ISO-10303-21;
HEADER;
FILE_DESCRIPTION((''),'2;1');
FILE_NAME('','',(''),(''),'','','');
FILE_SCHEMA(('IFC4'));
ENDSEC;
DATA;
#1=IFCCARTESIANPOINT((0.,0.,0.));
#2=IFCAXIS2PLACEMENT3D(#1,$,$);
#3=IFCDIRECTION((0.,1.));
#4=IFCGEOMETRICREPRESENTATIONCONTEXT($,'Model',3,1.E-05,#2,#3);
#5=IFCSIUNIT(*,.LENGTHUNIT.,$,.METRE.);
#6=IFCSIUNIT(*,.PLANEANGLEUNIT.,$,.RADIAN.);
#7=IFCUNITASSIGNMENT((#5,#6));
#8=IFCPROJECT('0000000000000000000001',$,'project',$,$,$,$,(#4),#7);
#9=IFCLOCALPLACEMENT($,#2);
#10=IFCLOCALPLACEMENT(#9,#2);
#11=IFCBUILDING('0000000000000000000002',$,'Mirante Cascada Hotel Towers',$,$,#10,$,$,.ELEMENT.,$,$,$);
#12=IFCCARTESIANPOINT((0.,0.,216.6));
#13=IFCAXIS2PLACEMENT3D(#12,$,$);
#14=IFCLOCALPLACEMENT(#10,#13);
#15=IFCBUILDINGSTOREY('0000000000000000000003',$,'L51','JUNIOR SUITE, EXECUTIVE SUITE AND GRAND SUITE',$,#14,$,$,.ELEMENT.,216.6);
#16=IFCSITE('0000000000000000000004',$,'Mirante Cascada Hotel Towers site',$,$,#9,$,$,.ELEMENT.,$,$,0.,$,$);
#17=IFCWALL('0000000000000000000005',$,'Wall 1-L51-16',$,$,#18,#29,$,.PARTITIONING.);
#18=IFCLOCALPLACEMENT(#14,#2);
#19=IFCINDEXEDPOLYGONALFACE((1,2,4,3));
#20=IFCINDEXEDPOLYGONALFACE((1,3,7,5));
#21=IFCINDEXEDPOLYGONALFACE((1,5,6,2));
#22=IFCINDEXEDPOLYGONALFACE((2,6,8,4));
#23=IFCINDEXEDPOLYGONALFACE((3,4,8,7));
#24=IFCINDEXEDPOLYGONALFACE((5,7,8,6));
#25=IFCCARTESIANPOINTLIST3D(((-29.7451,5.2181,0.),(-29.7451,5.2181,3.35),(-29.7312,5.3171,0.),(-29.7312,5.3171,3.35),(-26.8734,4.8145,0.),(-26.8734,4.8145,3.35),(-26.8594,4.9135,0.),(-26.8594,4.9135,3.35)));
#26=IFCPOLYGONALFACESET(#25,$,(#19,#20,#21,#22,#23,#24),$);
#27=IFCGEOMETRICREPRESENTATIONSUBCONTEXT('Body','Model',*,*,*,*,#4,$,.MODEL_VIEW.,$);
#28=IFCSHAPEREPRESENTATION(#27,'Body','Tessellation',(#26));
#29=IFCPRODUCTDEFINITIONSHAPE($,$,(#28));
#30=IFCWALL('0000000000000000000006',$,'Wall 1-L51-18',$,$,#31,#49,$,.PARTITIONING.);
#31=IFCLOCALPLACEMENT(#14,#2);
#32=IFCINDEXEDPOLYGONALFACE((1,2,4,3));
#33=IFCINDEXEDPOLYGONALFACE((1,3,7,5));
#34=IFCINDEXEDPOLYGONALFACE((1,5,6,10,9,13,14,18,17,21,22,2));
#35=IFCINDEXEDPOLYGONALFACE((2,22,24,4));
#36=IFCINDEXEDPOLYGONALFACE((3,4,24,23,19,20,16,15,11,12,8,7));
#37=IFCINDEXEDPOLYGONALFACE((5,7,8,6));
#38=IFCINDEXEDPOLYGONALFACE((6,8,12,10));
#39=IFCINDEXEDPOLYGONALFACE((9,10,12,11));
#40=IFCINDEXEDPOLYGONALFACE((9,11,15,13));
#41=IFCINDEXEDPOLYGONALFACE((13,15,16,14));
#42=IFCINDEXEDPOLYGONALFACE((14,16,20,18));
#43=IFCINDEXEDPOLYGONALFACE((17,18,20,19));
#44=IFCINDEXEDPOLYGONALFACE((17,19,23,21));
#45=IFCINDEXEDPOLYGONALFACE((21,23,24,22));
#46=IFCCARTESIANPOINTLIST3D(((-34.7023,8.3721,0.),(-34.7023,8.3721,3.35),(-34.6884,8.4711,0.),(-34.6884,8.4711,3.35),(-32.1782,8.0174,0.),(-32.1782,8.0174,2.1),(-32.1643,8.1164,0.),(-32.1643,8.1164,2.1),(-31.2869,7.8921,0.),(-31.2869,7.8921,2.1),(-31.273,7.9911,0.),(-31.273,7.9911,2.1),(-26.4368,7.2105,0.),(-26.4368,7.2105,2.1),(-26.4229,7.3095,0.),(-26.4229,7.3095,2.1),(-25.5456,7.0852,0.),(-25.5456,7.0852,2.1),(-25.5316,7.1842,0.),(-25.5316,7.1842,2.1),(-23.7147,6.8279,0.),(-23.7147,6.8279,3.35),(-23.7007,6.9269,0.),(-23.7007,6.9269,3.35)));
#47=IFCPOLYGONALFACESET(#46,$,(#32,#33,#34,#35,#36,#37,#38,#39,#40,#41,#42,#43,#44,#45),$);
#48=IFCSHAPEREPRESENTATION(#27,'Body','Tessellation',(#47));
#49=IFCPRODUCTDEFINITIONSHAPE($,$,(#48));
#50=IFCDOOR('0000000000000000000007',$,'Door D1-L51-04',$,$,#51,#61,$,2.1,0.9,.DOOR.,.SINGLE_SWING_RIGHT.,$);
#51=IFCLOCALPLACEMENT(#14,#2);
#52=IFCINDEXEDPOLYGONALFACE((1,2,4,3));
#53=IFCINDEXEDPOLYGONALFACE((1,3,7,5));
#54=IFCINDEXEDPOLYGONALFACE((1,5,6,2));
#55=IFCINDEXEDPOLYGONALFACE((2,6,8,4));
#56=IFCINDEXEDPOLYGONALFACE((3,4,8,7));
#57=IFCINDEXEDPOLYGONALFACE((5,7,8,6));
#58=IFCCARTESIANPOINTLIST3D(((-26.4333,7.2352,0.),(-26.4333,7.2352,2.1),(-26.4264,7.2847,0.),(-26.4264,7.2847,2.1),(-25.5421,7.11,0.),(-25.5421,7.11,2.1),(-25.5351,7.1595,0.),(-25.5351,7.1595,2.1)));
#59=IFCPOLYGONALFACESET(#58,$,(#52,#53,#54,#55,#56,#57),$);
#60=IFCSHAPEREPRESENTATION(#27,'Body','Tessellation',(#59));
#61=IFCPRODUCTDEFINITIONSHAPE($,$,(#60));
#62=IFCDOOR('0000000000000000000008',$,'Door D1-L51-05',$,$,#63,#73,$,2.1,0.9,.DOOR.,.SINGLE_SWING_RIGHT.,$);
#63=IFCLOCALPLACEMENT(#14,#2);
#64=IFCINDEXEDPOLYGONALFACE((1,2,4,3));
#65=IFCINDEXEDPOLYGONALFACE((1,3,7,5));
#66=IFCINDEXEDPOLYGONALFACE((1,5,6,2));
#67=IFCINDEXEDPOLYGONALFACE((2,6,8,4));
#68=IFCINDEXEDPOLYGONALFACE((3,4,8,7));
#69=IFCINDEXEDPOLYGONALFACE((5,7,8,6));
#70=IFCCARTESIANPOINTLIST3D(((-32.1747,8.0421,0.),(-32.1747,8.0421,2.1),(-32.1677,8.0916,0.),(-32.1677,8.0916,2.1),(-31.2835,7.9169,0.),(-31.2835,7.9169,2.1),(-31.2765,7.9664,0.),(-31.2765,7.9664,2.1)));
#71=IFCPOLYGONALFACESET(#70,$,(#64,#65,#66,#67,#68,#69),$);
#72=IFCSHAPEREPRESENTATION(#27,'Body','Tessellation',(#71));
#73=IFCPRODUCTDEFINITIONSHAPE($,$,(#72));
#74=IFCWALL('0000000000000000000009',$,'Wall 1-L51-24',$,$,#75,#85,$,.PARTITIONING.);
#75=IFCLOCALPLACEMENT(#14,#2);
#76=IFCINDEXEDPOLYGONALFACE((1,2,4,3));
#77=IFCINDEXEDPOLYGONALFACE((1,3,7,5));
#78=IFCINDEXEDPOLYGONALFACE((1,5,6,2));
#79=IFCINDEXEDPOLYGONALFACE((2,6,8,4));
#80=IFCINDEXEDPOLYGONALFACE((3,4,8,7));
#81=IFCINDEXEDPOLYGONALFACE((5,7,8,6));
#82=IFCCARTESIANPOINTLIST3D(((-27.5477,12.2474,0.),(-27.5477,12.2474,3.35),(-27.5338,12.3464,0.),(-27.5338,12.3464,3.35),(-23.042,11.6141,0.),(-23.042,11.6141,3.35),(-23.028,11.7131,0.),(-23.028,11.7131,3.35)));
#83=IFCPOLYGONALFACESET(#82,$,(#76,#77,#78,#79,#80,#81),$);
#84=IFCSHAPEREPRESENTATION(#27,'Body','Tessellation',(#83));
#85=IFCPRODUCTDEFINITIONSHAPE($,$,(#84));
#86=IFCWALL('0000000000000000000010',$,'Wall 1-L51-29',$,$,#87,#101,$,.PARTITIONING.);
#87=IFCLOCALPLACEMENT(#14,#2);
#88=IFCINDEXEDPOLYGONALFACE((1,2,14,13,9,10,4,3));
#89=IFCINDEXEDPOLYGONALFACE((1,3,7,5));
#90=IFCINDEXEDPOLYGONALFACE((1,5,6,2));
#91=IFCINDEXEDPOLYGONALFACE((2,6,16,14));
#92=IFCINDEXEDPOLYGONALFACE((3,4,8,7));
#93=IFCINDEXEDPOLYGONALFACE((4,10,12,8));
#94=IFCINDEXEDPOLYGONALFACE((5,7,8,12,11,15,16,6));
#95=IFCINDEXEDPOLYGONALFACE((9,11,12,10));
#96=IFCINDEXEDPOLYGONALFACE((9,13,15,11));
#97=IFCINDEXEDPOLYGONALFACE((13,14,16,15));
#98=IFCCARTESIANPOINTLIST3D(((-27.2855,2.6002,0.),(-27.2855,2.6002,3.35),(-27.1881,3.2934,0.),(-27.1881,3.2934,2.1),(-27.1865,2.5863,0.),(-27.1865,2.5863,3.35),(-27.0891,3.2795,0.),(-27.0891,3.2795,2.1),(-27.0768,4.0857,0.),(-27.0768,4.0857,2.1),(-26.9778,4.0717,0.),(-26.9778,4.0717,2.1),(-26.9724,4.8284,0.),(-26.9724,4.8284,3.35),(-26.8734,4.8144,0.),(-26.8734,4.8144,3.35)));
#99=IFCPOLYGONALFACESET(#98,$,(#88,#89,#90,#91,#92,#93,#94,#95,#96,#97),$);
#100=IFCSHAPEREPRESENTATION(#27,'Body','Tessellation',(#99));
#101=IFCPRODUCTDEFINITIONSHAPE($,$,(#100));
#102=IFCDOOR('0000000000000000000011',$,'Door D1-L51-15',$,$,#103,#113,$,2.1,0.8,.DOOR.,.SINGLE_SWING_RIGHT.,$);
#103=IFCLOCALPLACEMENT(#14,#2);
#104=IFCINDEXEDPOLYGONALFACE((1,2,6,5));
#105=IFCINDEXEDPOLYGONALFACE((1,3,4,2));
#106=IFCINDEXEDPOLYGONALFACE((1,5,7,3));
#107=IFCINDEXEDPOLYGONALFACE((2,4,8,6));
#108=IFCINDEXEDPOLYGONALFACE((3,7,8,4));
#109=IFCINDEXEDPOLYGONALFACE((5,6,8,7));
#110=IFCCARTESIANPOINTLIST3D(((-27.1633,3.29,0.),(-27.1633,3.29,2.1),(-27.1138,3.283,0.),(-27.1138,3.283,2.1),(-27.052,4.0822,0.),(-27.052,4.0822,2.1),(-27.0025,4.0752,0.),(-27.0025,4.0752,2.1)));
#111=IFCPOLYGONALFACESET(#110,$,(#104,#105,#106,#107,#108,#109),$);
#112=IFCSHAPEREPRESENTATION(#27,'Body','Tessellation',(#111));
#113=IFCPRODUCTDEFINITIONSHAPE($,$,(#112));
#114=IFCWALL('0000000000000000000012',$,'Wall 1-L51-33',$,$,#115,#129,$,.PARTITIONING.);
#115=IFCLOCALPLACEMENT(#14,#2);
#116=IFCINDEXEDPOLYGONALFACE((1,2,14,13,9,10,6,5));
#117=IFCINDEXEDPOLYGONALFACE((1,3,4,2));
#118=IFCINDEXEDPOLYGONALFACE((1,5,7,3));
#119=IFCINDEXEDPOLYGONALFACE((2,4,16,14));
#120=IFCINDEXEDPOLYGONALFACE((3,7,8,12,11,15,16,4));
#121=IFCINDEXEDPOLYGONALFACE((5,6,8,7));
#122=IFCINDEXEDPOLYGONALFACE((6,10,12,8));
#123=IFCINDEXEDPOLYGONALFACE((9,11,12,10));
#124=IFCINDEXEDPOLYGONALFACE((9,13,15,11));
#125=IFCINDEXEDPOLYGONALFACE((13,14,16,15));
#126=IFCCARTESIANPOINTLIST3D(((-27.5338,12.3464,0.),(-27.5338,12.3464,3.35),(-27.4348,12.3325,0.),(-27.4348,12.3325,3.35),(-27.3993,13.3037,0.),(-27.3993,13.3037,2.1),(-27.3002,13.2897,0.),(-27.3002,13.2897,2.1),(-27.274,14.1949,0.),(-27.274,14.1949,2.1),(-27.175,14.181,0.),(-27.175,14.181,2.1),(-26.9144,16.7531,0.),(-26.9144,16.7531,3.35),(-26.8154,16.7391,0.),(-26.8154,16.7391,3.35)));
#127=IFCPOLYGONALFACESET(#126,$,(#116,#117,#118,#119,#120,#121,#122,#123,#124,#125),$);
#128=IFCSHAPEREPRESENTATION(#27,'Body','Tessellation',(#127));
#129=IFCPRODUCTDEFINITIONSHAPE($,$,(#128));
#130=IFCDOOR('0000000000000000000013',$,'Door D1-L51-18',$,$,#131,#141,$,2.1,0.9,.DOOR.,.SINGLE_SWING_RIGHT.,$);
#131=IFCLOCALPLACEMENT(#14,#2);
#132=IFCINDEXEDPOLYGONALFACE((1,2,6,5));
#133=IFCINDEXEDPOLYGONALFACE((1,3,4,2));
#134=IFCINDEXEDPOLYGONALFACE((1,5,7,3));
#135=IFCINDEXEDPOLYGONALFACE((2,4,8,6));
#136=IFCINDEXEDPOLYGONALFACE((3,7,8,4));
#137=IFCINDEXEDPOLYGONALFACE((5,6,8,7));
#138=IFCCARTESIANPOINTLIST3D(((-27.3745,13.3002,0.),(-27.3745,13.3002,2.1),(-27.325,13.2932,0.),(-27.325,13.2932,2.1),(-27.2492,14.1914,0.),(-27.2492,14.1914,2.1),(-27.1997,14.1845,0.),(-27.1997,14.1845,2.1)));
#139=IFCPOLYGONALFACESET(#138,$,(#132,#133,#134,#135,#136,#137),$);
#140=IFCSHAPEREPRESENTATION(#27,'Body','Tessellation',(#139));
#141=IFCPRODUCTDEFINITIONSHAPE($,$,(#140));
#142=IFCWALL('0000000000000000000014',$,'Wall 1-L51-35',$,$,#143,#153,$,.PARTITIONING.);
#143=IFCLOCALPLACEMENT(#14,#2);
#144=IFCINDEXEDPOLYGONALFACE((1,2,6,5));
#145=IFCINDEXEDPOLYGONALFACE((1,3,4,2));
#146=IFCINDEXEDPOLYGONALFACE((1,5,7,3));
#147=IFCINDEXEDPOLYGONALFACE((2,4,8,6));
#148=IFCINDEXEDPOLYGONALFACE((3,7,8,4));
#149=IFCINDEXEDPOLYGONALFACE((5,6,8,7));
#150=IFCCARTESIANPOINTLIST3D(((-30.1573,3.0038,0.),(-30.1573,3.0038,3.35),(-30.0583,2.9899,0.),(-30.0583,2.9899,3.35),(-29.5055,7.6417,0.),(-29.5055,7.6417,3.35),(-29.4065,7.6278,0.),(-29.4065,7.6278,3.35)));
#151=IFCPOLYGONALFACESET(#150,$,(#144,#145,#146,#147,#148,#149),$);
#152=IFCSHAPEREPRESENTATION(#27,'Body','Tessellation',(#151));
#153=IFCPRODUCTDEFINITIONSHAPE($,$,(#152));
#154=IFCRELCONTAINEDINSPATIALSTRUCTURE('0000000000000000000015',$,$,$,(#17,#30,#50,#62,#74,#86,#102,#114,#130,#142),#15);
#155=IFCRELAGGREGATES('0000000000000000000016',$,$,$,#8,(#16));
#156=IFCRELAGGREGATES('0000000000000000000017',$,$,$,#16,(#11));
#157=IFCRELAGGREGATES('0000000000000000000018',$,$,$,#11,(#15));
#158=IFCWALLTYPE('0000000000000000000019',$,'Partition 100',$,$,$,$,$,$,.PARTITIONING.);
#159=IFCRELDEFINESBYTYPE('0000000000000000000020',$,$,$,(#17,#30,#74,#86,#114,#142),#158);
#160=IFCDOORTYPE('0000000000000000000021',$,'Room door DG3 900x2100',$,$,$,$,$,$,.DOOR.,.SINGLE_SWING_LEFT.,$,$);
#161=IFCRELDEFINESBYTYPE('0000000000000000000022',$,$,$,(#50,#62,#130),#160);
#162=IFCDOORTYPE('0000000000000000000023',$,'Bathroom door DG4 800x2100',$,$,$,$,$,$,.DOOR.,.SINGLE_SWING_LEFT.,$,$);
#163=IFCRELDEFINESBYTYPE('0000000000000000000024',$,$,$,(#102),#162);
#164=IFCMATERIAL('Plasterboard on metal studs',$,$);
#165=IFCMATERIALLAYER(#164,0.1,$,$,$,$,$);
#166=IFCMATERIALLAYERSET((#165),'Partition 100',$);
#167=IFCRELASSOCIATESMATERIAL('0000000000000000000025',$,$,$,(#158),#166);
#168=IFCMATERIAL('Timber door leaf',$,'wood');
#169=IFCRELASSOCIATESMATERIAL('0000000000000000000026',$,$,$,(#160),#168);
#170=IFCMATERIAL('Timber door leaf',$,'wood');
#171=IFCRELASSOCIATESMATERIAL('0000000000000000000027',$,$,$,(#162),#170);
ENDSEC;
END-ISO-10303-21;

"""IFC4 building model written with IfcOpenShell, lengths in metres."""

from ifc_helpers import new_model, si_unit, direction, frame, frame_2d, origin, place, context, subcontext, project, spatial, rectangle, extrude, material, layer, layer_set, type_object, element, fill, save


model = new_model("IFC4")

# Units and contexts
model_context = context("Model", 3, precision=1e-05, world=origin(), true_north=direction((0.0, 1.0)))
body_context = subcontext(model_context, "Body", "Model", "MODEL_VIEW")
ifc_project = project(units=[si_unit("LENGTHUNIT", "METRE"), si_unit("PLANEANGLEUNIT", "RADIAN")], contexts=[model_context])

# Site, building, storey
site_placement = place(None, origin())
site = spatial("IfcSite", under=ifc_project, at=site_placement, Name="Mirante Cascada Hotel Towers site", CompositionType="ELEMENT", RefElevation=0.0)
building_placement = place(site_placement, origin())
building = spatial("IfcBuilding", under=site, at=building_placement, Name="Mirante Cascada Hotel Towers", CompositionType="ELEMENT")
storey_placement = place(building_placement, frame((0.0, 0.0, 216.6)))
storey = spatial("IfcBuildingStorey", under=building, at=storey_placement, Name="L51", Description="JUNIOR SUITE, EXECUTIVE SUITE AND GRAND SUITE", CompositionType="ELEMENT", Elevation=216.6)

# Wall
ifc_material_1 = material(Name="Plasterboard on metal studs")
ifc_layer_1 = layer(ifc_material_1, 0.1)
ifc_layer_set_1 = layer_set([ifc_layer_1], Name="Partition 100")
wall_type_1 = type_object("IfcWallType", Name="Partition 100", PredefinedType="PARTITIONING", material=ifc_layer_set_1)
wall_1_placement = place(storey_placement, frame((-26.8664, 4.864, 0.0), z_axis=(0.0, 0.0, 1.0), x_axis=(-0.990268, 0.139171, 0.0)))
element("IfcWall", 1, at=wall_1_placement, inside=storey, type_object=wall_type_1, Name="Wall 1-L51-16", PredefinedType="PARTITIONING", context=body_context, shape_type="SweptSolid", body=[
    extrude(rectangle(XDim=2.9, YDim=0.1, at=frame_2d((1.45, 0.0))), origin(), (0.0, 0.0, 1.0), 3.35),
])

# Wall, openings, doors
wall_2_placement = place(storey_placement, frame((-23.7077, 6.8774, 0.0), z_axis=(0.0, 0.0, 1.0), x_axis=(-0.990268, 0.139173, 0.0)))
wall_2 = element("IfcWall", 2, at=wall_2_placement, inside=storey, type_object=wall_type_1, Name="Wall 1-L51-18", PredefinedType="PARTITIONING", context=body_context, shape_type="SweptSolid", body=[
    extrude(rectangle(XDim=11.0956, YDim=0.1, at=frame_2d((5.5478, 0.0))), origin(), (0.0, 0.0, 1.0), 3.35),
])
opening_1_placement = place(wall_2_placement, frame((1.8489, 0.0, 0.0)))
opening_1 = element("IfcOpeningElement", 3, at=opening_1_placement, cuts=wall_2, PredefinedType="OPENING", context=body_context, shape_type="SweptSolid", body=[
    extrude(rectangle(XDim=0.9, YDim=2.1, at=frame_2d((0.45, 1.05))), frame((0.0, 0.05, 0.0), z_axis=(0.0, -1.0, 0.0), x_axis=(1.0, 0.0, 0.0)), (0.0, 0.0, 1.0), 0.1),
])
opening_2_placement = place(wall_2_placement, frame((7.6467, 0.0, 0.0)))
opening_2 = element("IfcOpeningElement", 4, at=opening_2_placement, cuts=wall_2, PredefinedType="OPENING", context=body_context, shape_type="SweptSolid", body=[
    extrude(rectangle(XDim=0.9, YDim=2.1, at=frame_2d((0.45, 1.05))), frame((0.0, 0.05, 0.0), z_axis=(0.0, -1.0, 0.0), x_axis=(1.0, 0.0, 0.0)), (0.0, 0.0, 1.0), 0.1),
])
ifc_material_2 = material(Name="Timber door leaf", Category="wood")
door_type_1 = type_object("IfcDoorType", Name="Room door DG3 900x2100", OperationType="SINGLE_SWING_LEFT", PredefinedType="DOOR", material=ifc_material_2)
door_1_placement = place(opening_1_placement, frame((0.9, 0.0, 0.0), z_axis=(0.0, 0.0, 1.0), x_axis=(-1.0, 0.0, 0.0)))
door_1 = element("IfcDoor", 5, at=door_1_placement, inside=storey, type_object=door_type_1, Name="Door D1-L51-04", OperationType="SINGLE_SWING_RIGHT", OverallHeight=2.1, OverallWidth=0.9, PredefinedType="DOOR", context=body_context, shape_type="SweptSolid", body=[
    extrude(rectangle(XDim=0.9, YDim=2.1, at=frame_2d((0.45, 1.05))), frame((0.0, 0.025, 0.0), z_axis=(0.0, -1.0, 0.0), x_axis=(1.0, 0.0, 0.0)), (0.0, 0.0, 1.0), 0.05),
])
fill(opening_1, door_1)
door_2_placement = place(opening_2_placement, frame((0.9, 0.0, 0.0), z_axis=(0.0, 0.0, 1.0), x_axis=(-1.0, 0.0, 0.0)))
door_2 = element("IfcDoor", 6, at=door_2_placement, inside=storey, type_object=door_type_1, Name="Door D1-L51-05", OperationType="SINGLE_SWING_RIGHT", OverallHeight=2.1, OverallWidth=0.9, PredefinedType="DOOR", context=body_context, shape_type="SweptSolid", body=[
    extrude(rectangle(XDim=0.9, YDim=2.1, at=frame_2d((0.45, 1.05))), frame((0.0, 0.025, 0.0), z_axis=(0.0, -1.0, 0.0), x_axis=(1.0, 0.0, 0.0)), (0.0, 0.0, 1.0), 0.05),
])
fill(opening_2, door_2)

# Wall
wall_3_placement = place(storey_placement, frame((-23.035, 11.6636, 0.0), z_axis=(0.0, 0.0, 1.0), x_axis=(-0.990266, 0.139187, 0.0)))
element("IfcWall", 7, at=wall_3_placement, inside=storey, type_object=wall_type_1, Name="Wall 1-L51-24", PredefinedType="PARTITIONING", context=body_context, shape_type="SweptSolid", body=[
    extrude(rectangle(XDim=4.55, YDim=0.1, at=frame_2d((2.275, 0.0))), origin(), (0.0, 0.0, 1.0), 3.35),
])

# Walls, openings, doors
wall_4_placement = place(storey_placement, frame((-26.9229, 4.8214, 0.0), z_axis=(0.0, 0.0, 1.0), x_axis=(-0.139156, -0.990271, 0.0)))
wall_4 = element("IfcWall", 8, at=wall_4_placement, inside=storey, type_object=wall_type_1, Name="Wall 1-L51-29", PredefinedType="PARTITIONING", context=body_context, shape_type="SweptSolid", body=[
    extrude(rectangle(XDim=2.25, YDim=0.1, at=frame_2d((1.125, 0.0))), origin(), (0.0, 0.0, 1.0), 3.35),
])
opening_3_placement = place(wall_4_placement, frame((0.75, 0.0, 0.0)))
opening_3 = element("IfcOpeningElement", 9, at=opening_3_placement, cuts=wall_4, PredefinedType="OPENING", context=body_context, shape_type="SweptSolid", body=[
    extrude(rectangle(XDim=0.8, YDim=2.1, at=frame_2d((0.4, 1.05))), frame((0.0, 0.05, 0.0), z_axis=(0.0, -1.0, 0.0), x_axis=(1.0, 0.0, 0.0)), (0.0, 0.0, 1.0), 0.1),
])
ifc_material_3 = material(Name="Timber door leaf", Category="wood")
door_type_2 = type_object("IfcDoorType", Name="Bathroom door DG4 800x2100", OperationType="SINGLE_SWING_LEFT", PredefinedType="DOOR", material=ifc_material_3)
door_3_placement = place(opening_3_placement, frame((0.8, 0.0, 0.0), z_axis=(0.0, 0.0, 1.0), x_axis=(-1.0, 0.0, 0.0)))
door_3 = element("IfcDoor", 10, at=door_3_placement, inside=storey, type_object=door_type_2, Name="Door D1-L51-15", OperationType="SINGLE_SWING_RIGHT", OverallHeight=2.1, OverallWidth=0.8, PredefinedType="DOOR", context=body_context, shape_type="SweptSolid", body=[
    extrude(rectangle(XDim=0.8, YDim=2.1, at=frame_2d((0.4, 1.05))), frame((0.0, 0.025, 0.0), z_axis=(0.0, -1.0, 0.0), x_axis=(1.0, 0.0, 0.0)), (0.0, 0.0, 1.0), 0.05),
])
fill(opening_3, door_3)
wall_5_placement = place(storey_placement, frame((-26.8649, 16.7461, 0.0), z_axis=(0.0, 0.0, 1.0), x_axis=(-0.13919, -0.990266, 0.0)))
wall_5 = element("IfcWall", 11, at=wall_5_placement, inside=storey, type_object=wall_type_1, Name="Wall 1-L51-33", PredefinedType="PARTITIONING", context=body_context, shape_type="SweptSolid", body=[
    extrude(rectangle(XDim=4.45, YDim=0.1, at=frame_2d((2.225, 0.0))), origin(), (0.0, 0.0, 1.0), 3.35),
])
opening_4_placement = place(wall_5_placement, frame((2.5833, 0.0, 0.0)))
opening_4 = element("IfcOpeningElement", 12, at=opening_4_placement, cuts=wall_5, PredefinedType="OPENING", context=body_context, shape_type="SweptSolid", body=[
    extrude(rectangle(XDim=0.9, YDim=2.1, at=frame_2d((0.45, 1.05))), frame((0.0, 0.05, 0.0), z_axis=(0.0, -1.0, 0.0), x_axis=(1.0, 0.0, 0.0)), (0.0, 0.0, 1.0), 0.1),
])
door_4_placement = place(opening_4_placement, frame((0.9, 0.0, 0.0), z_axis=(0.0, 0.0, 1.0), x_axis=(-1.0, 0.0, 0.0)))
door_4 = element("IfcDoor", 13, at=door_4_placement, inside=storey, type_object=door_type_1, Name="Door D1-L51-18", OperationType="SINGLE_SWING_RIGHT", OverallHeight=2.1, OverallWidth=0.9, PredefinedType="DOOR", context=body_context, shape_type="SweptSolid", body=[
    extrude(rectangle(XDim=0.9, YDim=2.1, at=frame_2d((0.45, 1.05))), frame((0.0, 0.025, 0.0), z_axis=(0.0, -1.0, 0.0), x_axis=(1.0, 0.0, 0.0)), (0.0, 0.0, 1.0), 0.05),
])
fill(opening_4, door_4)

# Wall
wall_6_placement = place(storey_placement, frame((-29.456, 7.6348, 0.0), z_axis=(0.0, 0.0, 1.0), x_axis=(-0.13917, -0.990268, 0.0)))
element("IfcWall", 14, at=wall_6_placement, inside=storey, type_object=wall_type_1, Name="Wall 1-L51-35", PredefinedType="PARTITIONING", context=body_context, shape_type="SweptSolid", body=[
    extrude(rectangle(XDim=4.6835, YDim=0.1, at=frame_2d((2.3418, 0.0))), origin(), (0.0, 0.0, 1.0), 3.35),
])

save(model, "model.ifc")
